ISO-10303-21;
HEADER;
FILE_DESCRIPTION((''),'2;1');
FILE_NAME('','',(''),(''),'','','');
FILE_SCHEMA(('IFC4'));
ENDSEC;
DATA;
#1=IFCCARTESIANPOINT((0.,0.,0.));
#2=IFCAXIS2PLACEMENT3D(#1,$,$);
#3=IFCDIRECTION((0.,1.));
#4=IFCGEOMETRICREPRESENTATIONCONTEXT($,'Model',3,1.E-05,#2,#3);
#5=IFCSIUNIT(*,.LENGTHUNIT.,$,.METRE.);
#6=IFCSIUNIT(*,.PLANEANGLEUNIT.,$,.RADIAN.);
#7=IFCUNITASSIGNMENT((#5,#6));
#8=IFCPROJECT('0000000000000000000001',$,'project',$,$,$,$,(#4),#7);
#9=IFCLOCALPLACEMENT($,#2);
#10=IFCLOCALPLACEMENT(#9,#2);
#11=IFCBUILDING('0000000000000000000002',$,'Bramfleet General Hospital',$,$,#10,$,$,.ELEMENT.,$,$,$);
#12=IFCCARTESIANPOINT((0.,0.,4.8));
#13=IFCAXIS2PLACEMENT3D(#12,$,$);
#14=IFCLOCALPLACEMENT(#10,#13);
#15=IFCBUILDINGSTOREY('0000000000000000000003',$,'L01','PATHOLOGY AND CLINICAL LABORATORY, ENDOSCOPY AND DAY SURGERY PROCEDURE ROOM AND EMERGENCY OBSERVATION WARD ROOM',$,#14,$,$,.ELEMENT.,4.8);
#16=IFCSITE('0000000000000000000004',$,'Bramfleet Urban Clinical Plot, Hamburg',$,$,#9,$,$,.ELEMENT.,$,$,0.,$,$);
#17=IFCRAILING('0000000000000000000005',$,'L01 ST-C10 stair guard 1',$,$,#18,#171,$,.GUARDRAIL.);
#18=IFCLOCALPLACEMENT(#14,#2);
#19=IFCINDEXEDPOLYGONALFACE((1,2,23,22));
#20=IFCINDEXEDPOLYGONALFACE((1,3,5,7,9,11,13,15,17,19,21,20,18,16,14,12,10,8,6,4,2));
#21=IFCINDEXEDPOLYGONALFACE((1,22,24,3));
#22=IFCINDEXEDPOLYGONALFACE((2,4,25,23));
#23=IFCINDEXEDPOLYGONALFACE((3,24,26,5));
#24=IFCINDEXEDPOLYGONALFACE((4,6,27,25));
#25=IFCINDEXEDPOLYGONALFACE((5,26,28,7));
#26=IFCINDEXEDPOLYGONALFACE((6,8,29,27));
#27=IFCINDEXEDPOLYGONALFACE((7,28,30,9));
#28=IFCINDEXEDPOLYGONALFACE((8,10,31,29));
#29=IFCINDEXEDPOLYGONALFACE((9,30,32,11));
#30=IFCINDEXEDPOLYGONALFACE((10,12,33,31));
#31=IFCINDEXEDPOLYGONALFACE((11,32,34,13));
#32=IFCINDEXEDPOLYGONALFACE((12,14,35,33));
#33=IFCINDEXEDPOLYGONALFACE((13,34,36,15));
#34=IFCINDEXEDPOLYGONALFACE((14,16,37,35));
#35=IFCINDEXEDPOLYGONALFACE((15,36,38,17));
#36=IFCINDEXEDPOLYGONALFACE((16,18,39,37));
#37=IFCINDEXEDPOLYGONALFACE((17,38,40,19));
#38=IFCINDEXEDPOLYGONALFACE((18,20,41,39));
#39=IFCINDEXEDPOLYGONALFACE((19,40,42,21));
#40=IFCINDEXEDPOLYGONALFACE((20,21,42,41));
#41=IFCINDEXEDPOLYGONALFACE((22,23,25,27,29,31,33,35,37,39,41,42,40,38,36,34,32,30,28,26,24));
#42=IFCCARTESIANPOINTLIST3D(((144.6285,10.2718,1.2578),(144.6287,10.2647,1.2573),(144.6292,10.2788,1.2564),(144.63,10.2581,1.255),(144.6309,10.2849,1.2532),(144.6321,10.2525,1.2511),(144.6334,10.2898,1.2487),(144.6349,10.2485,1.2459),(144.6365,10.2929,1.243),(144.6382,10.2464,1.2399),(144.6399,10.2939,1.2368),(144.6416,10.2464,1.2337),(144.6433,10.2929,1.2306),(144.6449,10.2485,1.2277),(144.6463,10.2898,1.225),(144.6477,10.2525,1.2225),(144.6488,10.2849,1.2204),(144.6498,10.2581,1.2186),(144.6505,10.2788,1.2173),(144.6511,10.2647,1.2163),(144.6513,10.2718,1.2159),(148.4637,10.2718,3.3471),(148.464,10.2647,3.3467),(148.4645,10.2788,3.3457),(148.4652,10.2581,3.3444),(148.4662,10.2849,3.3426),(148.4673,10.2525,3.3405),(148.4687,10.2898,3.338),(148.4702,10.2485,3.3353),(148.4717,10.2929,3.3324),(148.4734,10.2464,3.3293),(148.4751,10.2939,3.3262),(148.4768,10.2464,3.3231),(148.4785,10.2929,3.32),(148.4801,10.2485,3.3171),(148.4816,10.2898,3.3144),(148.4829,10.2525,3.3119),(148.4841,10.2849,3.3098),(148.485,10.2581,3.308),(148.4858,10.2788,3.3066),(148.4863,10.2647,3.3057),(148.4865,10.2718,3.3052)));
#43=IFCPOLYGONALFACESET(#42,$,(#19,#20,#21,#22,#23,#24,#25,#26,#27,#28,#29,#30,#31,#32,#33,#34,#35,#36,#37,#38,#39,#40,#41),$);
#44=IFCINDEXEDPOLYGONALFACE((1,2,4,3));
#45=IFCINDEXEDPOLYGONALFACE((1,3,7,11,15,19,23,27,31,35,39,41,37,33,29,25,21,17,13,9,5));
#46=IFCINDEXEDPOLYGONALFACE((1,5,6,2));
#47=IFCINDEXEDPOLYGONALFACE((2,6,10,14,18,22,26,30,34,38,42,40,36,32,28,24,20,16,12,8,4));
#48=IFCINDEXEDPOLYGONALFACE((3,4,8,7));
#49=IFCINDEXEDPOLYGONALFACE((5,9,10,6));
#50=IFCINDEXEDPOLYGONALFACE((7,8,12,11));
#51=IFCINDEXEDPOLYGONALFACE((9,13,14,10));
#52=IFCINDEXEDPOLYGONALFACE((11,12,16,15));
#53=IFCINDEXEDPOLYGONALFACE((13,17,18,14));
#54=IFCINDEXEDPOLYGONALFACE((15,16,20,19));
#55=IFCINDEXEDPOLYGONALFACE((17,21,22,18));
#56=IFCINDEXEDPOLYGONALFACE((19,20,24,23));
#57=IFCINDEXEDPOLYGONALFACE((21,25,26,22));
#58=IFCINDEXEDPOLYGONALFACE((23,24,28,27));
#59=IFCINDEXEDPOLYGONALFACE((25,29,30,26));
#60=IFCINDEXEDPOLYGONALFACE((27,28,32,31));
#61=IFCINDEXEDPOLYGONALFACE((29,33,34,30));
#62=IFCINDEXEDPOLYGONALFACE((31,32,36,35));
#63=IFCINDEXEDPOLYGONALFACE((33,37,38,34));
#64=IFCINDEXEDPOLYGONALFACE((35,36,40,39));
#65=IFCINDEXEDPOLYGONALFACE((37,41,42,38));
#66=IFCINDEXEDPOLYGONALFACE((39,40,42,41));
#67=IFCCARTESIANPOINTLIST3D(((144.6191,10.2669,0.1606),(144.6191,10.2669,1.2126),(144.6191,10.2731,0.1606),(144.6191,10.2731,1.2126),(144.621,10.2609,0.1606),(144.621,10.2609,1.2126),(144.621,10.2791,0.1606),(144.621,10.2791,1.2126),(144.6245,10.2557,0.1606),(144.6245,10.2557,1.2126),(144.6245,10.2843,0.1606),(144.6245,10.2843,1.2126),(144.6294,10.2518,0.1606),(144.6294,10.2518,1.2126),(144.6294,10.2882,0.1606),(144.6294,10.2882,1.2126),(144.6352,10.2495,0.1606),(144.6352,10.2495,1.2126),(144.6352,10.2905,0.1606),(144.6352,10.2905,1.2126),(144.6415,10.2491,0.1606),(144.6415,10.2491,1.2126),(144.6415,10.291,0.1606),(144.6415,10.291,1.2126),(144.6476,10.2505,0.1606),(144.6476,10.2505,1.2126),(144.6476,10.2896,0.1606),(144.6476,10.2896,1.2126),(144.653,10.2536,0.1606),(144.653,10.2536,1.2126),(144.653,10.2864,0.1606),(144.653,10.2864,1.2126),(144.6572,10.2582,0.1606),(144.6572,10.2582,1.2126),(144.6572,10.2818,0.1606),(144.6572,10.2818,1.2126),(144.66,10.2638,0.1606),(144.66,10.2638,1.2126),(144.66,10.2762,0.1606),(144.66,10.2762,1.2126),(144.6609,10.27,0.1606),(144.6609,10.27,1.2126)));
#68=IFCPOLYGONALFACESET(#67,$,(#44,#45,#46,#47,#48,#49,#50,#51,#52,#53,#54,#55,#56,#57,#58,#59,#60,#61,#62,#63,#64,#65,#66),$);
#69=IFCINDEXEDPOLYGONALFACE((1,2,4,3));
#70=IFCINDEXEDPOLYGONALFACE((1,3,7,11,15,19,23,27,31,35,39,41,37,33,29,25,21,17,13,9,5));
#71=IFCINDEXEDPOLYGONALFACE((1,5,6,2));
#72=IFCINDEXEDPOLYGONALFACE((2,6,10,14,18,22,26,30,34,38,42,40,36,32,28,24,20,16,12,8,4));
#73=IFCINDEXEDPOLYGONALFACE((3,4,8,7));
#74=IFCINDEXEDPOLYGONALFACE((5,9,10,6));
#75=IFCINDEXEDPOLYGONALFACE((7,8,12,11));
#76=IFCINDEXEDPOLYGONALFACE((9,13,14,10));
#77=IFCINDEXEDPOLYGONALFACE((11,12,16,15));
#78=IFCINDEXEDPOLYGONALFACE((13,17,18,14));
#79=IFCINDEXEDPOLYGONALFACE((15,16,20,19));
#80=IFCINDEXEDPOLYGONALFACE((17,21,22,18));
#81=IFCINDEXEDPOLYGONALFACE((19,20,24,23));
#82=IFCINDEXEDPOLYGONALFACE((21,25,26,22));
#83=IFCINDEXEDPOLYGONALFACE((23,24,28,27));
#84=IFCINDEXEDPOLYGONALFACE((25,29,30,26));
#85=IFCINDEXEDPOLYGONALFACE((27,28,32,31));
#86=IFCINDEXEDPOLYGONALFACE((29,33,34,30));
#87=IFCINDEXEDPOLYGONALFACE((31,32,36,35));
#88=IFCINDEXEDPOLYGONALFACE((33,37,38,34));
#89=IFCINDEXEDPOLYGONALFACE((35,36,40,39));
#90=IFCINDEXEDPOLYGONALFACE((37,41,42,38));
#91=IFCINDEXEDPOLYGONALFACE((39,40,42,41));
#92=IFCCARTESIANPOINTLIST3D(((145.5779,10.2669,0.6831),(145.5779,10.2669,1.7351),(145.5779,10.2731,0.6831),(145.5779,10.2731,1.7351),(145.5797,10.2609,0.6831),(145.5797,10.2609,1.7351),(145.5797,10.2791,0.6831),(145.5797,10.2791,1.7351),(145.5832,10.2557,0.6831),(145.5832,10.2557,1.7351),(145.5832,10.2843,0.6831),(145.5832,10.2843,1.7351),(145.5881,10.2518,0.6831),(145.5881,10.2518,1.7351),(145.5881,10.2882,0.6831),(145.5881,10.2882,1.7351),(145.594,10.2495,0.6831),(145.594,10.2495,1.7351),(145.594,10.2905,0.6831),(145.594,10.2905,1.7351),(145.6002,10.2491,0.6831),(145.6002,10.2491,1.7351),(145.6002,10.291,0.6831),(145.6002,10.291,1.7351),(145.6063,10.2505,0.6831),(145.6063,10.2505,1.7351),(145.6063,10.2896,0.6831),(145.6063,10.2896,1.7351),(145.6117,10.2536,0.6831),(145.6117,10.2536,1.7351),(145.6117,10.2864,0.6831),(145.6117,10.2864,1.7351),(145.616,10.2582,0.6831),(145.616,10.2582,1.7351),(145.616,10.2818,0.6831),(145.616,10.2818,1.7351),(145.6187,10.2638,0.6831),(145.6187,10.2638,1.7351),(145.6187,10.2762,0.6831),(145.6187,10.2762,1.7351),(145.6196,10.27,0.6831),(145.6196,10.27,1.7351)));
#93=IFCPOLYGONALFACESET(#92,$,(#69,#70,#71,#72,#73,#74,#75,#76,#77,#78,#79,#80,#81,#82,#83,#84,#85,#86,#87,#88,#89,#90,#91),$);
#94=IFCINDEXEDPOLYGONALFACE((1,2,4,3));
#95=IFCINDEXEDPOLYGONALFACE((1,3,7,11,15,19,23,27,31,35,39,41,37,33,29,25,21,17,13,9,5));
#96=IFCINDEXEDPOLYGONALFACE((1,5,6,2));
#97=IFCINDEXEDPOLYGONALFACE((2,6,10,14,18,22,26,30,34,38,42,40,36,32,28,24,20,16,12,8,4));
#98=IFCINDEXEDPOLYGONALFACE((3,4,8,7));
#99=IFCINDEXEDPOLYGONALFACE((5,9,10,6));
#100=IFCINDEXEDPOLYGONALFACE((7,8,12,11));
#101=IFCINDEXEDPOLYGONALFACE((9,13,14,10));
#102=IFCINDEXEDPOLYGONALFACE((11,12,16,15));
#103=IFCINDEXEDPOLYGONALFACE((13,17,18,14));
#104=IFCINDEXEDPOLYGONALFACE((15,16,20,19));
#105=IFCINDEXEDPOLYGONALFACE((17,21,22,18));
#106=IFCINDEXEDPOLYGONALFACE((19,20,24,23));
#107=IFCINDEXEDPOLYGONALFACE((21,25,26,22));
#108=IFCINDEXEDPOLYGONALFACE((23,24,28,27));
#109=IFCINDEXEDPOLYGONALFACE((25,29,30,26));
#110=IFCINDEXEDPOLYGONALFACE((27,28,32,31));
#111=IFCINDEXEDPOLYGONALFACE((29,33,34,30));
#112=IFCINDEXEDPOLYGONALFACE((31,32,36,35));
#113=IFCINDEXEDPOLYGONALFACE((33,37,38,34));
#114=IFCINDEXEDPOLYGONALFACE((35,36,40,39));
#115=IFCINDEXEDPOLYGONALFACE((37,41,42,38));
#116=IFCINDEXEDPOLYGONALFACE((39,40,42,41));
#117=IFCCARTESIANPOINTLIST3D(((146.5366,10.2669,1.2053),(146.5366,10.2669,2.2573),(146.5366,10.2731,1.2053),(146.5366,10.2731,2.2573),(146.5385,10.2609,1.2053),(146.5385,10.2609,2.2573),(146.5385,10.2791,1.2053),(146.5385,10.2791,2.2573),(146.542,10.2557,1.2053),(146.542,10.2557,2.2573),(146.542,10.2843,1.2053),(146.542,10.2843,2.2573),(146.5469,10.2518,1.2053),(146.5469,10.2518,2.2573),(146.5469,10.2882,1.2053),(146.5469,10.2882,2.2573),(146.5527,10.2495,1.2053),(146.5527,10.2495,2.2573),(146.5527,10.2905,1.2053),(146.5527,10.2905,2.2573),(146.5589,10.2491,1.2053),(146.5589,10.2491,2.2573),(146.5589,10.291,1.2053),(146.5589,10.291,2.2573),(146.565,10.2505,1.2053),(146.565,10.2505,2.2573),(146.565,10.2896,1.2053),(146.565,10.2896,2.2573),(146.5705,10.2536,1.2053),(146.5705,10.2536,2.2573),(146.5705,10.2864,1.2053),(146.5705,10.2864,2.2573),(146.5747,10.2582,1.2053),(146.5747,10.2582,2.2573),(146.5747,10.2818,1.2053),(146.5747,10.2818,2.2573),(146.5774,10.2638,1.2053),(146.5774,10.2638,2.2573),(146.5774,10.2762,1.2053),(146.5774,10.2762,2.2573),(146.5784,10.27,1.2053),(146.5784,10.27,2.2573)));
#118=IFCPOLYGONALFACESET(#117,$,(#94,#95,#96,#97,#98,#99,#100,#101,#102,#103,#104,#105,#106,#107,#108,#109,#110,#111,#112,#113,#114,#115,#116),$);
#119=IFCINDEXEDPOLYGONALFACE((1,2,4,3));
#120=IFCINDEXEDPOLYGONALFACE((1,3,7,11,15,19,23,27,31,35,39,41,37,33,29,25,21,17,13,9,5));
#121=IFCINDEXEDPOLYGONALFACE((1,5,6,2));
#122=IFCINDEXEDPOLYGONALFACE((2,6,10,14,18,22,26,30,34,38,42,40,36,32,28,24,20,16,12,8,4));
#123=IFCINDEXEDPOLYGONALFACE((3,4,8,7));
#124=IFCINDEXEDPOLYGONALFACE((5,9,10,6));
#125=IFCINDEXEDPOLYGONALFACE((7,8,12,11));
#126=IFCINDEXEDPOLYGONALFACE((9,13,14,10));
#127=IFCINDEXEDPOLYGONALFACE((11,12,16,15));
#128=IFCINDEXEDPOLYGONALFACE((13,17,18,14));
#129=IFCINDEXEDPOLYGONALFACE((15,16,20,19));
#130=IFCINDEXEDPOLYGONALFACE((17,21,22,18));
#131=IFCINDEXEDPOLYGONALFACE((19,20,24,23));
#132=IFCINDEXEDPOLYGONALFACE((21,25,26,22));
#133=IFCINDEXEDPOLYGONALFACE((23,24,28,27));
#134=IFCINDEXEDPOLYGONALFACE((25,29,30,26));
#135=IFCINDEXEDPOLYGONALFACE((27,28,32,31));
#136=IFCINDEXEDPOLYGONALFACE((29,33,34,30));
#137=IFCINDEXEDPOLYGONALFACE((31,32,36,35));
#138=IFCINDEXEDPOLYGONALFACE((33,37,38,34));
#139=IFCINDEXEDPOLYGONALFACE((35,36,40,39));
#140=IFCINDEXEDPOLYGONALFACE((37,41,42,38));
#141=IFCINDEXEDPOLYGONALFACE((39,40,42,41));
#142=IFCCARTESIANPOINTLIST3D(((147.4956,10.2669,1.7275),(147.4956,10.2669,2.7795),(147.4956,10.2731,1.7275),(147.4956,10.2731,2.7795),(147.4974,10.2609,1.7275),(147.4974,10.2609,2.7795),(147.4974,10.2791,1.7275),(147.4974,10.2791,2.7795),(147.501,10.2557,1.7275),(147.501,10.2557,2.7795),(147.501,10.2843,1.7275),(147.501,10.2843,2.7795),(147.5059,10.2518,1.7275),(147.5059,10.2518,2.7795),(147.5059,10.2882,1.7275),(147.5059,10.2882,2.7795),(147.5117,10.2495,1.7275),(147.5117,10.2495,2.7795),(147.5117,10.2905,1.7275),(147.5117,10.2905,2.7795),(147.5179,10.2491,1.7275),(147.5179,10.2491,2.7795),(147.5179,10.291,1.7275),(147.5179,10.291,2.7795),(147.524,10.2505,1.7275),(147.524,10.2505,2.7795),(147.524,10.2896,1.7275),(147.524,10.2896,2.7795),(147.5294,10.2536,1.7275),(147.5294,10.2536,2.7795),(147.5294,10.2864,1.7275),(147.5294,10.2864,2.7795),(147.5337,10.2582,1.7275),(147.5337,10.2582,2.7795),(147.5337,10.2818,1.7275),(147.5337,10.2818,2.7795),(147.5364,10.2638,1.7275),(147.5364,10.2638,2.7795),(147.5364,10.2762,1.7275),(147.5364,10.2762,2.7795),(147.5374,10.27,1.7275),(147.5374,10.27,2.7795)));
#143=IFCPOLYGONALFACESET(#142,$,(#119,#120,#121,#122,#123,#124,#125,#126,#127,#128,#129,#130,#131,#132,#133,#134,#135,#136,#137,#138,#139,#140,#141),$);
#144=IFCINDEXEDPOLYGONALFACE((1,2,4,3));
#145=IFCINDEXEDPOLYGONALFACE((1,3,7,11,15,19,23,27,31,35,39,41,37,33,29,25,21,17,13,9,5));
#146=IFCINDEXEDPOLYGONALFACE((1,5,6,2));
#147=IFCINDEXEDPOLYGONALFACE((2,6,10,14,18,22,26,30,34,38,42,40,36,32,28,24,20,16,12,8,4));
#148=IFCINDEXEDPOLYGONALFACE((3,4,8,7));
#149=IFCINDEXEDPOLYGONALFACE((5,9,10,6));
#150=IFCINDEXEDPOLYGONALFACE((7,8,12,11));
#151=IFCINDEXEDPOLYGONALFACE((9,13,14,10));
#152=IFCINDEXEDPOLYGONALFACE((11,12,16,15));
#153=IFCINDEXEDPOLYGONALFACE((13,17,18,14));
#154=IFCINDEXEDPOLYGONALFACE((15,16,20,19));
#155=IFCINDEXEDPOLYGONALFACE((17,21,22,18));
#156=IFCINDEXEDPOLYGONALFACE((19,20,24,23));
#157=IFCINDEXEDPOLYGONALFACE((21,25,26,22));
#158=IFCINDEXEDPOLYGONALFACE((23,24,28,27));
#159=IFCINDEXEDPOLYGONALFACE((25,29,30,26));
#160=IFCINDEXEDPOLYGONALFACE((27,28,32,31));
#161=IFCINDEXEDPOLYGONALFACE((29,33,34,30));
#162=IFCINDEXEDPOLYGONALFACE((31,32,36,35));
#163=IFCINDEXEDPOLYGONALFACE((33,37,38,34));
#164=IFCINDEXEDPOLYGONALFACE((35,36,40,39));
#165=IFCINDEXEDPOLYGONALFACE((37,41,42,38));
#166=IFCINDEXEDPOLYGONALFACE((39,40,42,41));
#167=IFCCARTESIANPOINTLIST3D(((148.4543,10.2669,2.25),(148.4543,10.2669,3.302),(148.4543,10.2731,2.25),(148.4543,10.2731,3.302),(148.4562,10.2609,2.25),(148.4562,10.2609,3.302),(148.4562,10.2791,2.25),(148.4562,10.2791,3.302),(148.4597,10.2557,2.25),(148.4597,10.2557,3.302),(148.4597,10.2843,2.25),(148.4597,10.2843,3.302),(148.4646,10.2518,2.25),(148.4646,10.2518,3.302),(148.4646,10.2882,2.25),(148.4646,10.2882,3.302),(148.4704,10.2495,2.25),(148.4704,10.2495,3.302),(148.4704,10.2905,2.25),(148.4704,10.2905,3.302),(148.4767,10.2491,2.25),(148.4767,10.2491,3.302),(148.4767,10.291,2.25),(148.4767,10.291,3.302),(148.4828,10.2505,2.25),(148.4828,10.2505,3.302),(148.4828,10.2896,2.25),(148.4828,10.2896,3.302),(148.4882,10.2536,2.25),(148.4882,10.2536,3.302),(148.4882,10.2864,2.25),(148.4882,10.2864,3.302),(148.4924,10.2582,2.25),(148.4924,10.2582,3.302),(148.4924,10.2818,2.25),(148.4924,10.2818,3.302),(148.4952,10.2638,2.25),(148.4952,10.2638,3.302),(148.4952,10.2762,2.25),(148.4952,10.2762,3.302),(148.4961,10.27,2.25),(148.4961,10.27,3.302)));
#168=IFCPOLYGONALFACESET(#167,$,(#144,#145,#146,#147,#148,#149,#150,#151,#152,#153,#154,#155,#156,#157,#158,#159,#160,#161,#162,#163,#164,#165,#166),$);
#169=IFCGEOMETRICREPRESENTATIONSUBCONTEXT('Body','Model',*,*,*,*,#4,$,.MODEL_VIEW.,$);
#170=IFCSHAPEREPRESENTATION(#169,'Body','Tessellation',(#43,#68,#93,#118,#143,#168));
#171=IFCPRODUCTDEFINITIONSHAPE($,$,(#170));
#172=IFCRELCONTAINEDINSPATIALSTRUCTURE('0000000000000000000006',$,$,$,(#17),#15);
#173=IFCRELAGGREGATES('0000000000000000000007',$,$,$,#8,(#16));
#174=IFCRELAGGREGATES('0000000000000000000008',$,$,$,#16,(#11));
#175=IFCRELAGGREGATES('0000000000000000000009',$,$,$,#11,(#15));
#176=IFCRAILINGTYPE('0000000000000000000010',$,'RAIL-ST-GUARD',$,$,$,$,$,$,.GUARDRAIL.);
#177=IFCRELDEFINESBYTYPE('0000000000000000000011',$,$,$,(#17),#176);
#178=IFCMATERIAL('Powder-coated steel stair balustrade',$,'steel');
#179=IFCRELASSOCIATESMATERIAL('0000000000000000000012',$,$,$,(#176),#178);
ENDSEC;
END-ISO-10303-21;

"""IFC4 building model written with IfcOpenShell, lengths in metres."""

from ifc_helpers import new_model, si_unit, direction, frame, origin, origin_2d, place, context, subcontext, project, spatial, circle, extrude, material, type_object, element, save


model = new_model("IFC4")

# Units and contexts
model_context = context("Model", 3, precision=1e-05, world=origin(), true_north=direction((0.0, 1.0)))
body_context = subcontext(model_context, "Body", "Model", "MODEL_VIEW")
ifc_project = project(units=[si_unit("LENGTHUNIT", "METRE"), si_unit("PLANEANGLEUNIT", "RADIAN")], contexts=[model_context])

# Site, building, storey
site_placement = place(None, origin())
site = spatial("IfcSite", under=ifc_project, at=site_placement, Name="Bramfleet Urban Clinical Plot, Hamburg", CompositionType="ELEMENT", RefElevation=0.0)
building_placement = place(site_placement, origin())
building = spatial("IfcBuilding", under=site, at=building_placement, Name="Bramfleet General Hospital", CompositionType="ELEMENT")
storey_placement = place(building_placement, frame((0.0, 0.0, 4.8)))
storey = spatial("IfcBuildingStorey", under=building, at=storey_placement, Name="L01", Description="PATHOLOGY AND CLINICAL LABORATORY, ENDOSCOPY AND DAY SURGERY PROCEDURE ROOM AND EMERGENCY OBSERVATION WARD ROOM", CompositionType="ELEMENT", Elevation=4.8)

# Railing
ifc_material_1 = material(Name="Powder-coated steel stair balustrade", Category="steel")
railing_type_1 = type_object("IfcRailingType", Name="RAIL-ST-GUARD", PredefinedType="GUARDRAIL", material=ifc_material_1)
railing_1_placement = place(storey_placement, frame((144.6399, 10.27, 0.1606)))
element("IfcRailing", 1, at=railing_1_placement, inside=storey, type_object=railing_type_1, Name="L01 ST-C10 stair guard 1", PredefinedType="GUARDRAIL", context=body_context, shape_type="SweptSolid", body=[
    extrude(circle(Radius=0.0239, at=origin_2d()), frame((0.0, 0.0, 1.0762), z_axis=(0.878143, 0.0, 0.478398), x_axis=(0.0, 1.0, 0.0)), (0.0, 0.0, 1.0), 4.3674),
    extrude(circle(Radius=0.021, at=origin_2d()), origin(), (0.0, 0.0, 1.0), 1.052),
    extrude(circle(Radius=0.021, at=origin_2d()), frame((0.9587, 0.0, 0.5225)), (0.0, 0.0, 1.0), 1.052),
    extrude(circle(Radius=0.021, at=origin_2d()), frame((1.9175, 0.0, 1.0447)), (0.0, 0.0, 1.0), 1.052),
    extrude(circle(Radius=0.021, at=origin_2d()), frame((2.8765, 0.0, 1.5669)), (0.0, 0.0, 1.0), 1.052),
    extrude(circle(Radius=0.021, at=origin_2d()), frame((3.8352, 0.0, 2.0894)), (0.0, 0.0, 1.0), 1.052),
])

save(model, "model.ifc")
